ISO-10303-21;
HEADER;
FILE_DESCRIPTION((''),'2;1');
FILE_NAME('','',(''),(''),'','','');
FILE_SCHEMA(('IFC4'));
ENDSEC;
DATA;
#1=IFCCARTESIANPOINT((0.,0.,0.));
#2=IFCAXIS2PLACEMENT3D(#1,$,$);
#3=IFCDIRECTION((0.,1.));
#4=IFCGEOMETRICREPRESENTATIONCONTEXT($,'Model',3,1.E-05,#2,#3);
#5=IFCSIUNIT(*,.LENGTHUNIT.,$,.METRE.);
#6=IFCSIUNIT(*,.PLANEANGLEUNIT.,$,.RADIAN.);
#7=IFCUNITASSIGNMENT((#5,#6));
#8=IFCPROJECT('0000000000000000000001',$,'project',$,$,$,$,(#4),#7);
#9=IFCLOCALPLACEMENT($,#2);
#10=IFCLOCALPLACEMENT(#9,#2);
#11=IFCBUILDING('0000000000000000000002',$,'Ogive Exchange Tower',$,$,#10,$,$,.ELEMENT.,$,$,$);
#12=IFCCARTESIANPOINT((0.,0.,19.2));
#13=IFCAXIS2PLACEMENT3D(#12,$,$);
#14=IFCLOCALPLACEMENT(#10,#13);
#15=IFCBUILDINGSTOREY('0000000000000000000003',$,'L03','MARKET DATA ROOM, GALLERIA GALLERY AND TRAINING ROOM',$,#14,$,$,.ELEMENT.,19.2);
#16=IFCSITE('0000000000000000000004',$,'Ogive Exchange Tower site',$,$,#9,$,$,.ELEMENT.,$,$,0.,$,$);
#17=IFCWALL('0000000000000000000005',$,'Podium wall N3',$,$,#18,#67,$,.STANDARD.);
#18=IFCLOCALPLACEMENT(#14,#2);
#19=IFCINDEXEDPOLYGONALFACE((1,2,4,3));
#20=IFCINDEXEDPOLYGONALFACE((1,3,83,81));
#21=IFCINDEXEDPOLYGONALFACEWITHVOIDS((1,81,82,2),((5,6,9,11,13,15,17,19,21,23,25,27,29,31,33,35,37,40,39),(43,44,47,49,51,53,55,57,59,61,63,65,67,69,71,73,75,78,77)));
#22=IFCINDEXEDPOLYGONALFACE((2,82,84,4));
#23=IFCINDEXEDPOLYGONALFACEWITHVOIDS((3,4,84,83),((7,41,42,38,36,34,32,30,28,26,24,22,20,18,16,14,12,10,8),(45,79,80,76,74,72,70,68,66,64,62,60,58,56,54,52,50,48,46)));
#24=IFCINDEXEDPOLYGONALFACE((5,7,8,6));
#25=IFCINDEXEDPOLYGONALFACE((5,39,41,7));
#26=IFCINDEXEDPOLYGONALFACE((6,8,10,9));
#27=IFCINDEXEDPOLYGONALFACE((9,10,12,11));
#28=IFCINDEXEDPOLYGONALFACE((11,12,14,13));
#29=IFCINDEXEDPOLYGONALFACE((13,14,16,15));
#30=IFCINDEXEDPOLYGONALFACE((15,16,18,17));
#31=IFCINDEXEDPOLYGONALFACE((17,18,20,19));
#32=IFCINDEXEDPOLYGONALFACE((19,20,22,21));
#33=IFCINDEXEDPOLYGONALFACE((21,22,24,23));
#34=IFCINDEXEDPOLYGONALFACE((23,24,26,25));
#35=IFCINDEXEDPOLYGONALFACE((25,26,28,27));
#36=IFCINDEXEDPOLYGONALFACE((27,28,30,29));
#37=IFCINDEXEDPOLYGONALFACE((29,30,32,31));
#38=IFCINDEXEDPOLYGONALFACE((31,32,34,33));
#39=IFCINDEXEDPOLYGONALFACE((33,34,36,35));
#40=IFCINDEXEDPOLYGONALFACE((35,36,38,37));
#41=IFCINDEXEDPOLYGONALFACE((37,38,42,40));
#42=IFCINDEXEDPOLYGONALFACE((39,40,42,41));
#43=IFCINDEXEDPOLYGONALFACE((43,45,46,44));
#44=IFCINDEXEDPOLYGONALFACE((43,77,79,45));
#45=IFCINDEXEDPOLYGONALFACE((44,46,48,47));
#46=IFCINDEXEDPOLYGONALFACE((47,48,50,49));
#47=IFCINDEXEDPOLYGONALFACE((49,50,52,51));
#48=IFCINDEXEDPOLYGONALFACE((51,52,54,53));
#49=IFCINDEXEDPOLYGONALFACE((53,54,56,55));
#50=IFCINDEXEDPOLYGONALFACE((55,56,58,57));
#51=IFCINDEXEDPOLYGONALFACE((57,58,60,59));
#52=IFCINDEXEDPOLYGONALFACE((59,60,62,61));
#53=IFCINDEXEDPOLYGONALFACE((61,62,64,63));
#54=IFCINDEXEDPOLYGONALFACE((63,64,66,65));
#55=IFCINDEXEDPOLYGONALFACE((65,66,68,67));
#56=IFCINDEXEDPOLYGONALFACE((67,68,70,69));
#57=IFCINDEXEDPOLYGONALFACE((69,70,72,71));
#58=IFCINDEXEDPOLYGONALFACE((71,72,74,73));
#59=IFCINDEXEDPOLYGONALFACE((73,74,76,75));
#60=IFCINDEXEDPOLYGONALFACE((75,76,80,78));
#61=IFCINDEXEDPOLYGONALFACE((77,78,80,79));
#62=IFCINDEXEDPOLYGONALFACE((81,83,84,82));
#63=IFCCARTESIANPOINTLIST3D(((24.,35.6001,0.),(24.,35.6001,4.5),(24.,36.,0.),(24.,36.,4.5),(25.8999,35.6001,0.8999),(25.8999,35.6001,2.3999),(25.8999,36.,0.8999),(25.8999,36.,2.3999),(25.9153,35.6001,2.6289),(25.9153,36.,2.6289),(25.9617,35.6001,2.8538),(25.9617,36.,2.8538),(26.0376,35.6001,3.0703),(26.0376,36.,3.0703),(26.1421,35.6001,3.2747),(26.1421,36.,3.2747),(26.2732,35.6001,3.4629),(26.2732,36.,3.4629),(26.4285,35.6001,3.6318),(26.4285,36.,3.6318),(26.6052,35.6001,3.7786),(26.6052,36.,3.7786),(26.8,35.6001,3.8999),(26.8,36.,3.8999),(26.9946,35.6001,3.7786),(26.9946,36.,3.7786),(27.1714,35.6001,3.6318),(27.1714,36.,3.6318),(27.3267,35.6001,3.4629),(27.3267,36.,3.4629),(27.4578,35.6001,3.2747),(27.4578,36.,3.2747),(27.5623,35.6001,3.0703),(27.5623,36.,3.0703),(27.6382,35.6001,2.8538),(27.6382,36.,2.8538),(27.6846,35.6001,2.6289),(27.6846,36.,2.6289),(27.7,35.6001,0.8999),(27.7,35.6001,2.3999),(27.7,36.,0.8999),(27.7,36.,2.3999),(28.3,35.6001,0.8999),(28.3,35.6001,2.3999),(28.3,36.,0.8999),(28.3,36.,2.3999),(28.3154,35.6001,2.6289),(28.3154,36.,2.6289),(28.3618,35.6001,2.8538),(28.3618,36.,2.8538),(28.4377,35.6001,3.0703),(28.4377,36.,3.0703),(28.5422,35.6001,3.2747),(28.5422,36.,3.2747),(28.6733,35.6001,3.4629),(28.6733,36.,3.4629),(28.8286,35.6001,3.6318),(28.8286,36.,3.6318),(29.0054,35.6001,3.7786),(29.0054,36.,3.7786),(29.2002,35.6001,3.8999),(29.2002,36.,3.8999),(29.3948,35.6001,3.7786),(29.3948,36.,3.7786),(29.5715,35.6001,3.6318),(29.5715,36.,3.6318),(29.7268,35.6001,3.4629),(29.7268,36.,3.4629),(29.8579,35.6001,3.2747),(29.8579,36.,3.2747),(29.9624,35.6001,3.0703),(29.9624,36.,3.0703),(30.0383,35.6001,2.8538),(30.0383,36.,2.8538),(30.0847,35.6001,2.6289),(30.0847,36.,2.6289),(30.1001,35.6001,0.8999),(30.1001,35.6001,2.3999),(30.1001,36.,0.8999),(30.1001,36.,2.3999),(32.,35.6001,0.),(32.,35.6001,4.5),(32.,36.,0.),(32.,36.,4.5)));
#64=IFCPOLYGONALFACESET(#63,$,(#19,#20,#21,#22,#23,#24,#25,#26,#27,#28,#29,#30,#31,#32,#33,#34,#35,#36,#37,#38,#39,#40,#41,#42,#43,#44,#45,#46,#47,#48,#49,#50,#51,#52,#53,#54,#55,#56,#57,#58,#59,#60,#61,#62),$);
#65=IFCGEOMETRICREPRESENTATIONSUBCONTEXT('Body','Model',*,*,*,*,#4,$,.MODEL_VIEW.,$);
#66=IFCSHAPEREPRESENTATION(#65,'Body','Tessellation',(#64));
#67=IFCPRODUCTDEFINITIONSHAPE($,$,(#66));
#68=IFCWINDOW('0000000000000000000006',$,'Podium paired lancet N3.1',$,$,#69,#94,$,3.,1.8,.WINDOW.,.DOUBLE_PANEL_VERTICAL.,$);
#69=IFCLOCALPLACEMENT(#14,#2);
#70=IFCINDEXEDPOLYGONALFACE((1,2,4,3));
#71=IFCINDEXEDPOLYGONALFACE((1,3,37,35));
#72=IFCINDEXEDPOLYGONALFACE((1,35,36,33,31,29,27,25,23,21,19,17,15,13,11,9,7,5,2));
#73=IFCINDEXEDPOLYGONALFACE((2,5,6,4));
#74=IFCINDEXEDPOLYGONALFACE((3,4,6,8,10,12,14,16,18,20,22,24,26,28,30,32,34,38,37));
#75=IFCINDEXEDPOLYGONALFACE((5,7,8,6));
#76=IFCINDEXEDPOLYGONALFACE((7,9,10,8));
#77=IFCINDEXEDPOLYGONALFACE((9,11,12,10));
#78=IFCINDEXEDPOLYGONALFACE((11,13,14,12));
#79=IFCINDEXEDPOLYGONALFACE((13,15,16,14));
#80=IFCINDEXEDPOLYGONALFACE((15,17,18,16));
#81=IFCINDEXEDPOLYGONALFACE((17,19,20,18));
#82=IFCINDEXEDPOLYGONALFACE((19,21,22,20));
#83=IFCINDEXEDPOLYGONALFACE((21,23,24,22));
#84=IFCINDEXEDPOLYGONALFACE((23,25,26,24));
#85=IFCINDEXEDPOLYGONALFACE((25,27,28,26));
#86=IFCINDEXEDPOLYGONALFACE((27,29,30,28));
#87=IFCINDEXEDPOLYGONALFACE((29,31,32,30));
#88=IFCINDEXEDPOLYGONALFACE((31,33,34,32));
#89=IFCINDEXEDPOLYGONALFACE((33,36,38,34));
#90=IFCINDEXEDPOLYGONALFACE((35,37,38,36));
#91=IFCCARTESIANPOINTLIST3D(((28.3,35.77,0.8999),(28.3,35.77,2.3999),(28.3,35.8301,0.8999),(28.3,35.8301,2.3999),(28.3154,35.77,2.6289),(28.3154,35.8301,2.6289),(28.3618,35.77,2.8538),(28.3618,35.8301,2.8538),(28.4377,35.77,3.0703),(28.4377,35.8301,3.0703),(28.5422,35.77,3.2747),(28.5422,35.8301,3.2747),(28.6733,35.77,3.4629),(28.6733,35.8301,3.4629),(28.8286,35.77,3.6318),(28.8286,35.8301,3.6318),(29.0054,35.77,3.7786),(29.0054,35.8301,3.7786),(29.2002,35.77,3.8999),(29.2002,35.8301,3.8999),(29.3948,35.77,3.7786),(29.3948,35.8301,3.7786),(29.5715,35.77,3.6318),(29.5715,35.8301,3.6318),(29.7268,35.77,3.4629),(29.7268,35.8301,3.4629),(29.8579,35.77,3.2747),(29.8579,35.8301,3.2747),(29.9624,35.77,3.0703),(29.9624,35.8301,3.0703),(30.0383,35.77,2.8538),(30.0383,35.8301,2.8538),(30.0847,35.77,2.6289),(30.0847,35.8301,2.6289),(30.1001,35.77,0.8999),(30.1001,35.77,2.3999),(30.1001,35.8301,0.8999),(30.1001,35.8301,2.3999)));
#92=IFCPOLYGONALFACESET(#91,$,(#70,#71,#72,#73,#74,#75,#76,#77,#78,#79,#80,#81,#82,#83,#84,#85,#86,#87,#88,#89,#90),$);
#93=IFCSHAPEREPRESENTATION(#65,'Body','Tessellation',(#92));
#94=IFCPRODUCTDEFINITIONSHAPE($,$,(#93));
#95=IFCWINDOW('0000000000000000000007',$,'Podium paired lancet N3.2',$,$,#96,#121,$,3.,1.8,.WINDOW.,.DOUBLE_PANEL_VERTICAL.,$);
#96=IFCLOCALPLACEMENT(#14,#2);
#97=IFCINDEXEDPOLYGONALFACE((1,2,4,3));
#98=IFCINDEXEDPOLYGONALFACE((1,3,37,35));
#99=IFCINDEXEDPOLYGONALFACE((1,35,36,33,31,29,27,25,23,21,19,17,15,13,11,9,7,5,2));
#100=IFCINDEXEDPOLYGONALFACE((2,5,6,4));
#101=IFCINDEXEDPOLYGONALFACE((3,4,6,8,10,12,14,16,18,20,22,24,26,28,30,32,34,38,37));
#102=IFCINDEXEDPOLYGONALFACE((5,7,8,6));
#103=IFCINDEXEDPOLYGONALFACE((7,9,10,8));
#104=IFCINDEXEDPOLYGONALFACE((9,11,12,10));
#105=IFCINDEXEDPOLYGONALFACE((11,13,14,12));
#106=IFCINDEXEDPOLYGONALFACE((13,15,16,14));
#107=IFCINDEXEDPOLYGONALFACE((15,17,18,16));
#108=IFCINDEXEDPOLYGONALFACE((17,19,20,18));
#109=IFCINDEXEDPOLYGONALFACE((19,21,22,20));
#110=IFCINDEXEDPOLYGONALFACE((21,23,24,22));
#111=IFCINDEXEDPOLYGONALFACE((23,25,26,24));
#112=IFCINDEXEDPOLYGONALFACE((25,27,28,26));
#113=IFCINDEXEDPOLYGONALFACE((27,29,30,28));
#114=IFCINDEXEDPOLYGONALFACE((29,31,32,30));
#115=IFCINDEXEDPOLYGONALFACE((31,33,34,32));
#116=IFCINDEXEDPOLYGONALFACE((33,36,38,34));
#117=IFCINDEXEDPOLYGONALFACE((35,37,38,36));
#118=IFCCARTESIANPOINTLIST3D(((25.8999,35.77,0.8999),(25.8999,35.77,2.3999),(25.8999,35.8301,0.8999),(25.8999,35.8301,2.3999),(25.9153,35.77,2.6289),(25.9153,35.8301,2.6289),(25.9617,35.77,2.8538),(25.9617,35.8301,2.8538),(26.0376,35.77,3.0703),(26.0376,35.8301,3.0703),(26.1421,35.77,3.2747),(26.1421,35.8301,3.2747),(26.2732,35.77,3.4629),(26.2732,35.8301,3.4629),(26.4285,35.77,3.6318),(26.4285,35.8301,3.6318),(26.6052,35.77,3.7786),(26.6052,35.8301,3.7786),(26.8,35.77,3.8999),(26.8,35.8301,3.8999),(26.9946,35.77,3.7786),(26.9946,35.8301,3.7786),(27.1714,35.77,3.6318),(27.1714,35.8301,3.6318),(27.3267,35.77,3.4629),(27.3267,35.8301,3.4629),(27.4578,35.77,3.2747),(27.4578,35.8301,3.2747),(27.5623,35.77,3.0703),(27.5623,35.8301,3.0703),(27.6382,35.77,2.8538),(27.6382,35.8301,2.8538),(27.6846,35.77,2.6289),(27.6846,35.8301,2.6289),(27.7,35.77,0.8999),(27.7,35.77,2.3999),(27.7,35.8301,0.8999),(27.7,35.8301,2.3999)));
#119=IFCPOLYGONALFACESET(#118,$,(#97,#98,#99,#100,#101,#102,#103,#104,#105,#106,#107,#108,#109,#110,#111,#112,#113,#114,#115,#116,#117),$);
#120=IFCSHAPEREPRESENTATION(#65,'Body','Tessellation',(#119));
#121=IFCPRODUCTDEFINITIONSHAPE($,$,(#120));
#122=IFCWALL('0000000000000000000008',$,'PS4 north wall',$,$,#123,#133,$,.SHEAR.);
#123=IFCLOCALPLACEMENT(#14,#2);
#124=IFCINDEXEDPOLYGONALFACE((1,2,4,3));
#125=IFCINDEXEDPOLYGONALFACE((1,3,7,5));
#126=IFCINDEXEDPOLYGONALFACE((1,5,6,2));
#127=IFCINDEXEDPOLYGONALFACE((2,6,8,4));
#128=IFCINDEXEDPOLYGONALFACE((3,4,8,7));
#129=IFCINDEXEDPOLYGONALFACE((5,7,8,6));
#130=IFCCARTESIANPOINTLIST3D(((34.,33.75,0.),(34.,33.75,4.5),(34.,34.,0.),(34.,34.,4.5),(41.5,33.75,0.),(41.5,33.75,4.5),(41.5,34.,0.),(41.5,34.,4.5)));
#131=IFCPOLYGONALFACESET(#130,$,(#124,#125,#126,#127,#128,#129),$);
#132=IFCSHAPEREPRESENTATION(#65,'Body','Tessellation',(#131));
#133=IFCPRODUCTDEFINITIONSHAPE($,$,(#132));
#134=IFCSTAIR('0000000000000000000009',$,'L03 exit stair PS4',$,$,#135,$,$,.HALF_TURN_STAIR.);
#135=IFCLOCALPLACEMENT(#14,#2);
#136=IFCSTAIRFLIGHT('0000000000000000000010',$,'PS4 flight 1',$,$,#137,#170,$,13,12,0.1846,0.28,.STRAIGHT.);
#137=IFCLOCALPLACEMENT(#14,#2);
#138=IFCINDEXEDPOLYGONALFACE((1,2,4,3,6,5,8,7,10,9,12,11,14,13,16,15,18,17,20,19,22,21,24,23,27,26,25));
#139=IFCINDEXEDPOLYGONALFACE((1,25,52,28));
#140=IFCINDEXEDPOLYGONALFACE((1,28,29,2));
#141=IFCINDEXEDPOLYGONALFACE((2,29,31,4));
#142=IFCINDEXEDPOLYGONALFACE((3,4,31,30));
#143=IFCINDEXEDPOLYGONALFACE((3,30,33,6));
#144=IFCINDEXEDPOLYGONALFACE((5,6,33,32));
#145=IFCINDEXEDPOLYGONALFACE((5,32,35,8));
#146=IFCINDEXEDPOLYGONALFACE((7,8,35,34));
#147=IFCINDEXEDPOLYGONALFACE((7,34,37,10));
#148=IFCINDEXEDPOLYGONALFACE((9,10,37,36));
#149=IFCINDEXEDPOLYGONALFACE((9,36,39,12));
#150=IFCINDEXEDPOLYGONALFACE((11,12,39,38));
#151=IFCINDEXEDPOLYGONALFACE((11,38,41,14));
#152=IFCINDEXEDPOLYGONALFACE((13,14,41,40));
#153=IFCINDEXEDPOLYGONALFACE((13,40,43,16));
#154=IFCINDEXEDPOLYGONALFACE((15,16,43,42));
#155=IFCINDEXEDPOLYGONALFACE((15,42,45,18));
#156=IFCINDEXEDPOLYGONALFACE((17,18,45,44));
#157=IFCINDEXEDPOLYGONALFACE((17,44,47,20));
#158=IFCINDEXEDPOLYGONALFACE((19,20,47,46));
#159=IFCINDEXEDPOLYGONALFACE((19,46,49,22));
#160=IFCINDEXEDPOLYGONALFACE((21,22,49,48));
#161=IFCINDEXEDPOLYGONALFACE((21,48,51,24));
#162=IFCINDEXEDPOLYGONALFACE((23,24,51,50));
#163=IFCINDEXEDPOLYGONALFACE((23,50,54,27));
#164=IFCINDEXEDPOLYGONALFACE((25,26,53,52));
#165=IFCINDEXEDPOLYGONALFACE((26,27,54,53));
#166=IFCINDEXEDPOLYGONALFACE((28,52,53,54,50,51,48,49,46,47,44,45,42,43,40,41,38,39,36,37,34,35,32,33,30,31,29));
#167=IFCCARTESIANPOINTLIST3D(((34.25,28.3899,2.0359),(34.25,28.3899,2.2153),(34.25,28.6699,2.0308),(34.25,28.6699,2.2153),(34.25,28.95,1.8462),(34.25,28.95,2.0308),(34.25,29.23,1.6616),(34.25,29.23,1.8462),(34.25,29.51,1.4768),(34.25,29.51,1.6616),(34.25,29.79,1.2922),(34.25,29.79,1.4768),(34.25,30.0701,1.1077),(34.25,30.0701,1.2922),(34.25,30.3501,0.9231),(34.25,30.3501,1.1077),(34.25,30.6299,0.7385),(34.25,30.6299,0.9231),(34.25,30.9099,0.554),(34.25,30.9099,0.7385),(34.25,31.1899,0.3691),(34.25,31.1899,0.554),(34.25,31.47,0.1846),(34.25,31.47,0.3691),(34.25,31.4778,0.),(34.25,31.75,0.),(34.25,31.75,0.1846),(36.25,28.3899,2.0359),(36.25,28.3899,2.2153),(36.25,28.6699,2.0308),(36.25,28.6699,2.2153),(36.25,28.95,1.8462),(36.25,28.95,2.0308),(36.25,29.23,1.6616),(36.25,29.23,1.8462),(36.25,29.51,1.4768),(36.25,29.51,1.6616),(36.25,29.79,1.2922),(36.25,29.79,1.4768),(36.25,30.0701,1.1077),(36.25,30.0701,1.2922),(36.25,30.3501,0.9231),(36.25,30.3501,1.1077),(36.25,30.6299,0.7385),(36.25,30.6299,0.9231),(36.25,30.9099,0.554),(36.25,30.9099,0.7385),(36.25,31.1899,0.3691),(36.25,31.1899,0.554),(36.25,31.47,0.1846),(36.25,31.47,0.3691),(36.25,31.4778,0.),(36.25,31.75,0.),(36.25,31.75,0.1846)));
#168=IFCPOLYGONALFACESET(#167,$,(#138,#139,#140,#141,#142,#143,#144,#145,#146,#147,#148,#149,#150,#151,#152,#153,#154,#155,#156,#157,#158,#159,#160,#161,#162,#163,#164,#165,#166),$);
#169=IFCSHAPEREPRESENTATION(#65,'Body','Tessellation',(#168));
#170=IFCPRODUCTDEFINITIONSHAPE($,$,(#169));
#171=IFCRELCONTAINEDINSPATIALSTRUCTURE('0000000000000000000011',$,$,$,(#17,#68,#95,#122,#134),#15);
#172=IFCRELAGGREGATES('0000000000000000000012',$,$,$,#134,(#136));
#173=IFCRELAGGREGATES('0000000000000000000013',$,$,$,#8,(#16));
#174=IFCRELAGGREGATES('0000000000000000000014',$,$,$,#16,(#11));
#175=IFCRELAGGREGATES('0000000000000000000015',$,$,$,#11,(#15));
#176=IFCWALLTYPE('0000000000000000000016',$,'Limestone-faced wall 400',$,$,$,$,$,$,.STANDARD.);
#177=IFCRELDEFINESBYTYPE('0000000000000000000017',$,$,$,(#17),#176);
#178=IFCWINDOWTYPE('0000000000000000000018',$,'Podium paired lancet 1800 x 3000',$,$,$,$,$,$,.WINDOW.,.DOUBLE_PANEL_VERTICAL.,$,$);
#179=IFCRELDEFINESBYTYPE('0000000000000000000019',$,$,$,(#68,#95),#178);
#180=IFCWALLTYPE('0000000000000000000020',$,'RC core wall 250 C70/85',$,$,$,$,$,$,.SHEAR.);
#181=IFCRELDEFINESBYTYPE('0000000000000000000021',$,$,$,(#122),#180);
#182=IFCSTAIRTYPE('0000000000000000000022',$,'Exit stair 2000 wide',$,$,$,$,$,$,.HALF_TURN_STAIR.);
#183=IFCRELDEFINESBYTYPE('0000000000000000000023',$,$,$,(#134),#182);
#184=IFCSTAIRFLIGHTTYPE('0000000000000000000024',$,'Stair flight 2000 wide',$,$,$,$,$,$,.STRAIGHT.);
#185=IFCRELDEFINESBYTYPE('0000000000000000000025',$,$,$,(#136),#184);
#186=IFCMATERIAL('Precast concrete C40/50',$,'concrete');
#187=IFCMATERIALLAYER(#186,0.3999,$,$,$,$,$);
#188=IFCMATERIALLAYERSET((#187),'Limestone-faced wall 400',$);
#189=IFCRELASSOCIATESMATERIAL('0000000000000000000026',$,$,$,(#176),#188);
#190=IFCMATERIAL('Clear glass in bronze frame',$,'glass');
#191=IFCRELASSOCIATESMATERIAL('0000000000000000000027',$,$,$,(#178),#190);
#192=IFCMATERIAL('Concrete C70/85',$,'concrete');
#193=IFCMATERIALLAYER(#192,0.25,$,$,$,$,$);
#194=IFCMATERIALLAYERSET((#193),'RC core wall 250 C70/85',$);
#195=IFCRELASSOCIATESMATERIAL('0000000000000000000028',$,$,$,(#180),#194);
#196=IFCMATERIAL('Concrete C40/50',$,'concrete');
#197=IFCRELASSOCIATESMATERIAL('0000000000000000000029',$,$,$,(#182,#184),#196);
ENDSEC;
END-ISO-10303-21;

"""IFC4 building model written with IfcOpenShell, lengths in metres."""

from ifc_helpers import new_model, si_unit, direction, frame, frame_2d, origin, place, context, subcontext, project, spatial, polyline, rectangle, outline, extrude, material, layer, layer_set, type_object, element, fill, aggregate, save


model = new_model("IFC4")

# Units and contexts
model_context = context("Model", 3, precision=1e-05, world=origin(), true_north=direction((0.0, 1.0)))
body_context = subcontext(model_context, "Body", "Model", "MODEL_VIEW")
ifc_project = project(units=[si_unit("LENGTHUNIT", "METRE"), si_unit("PLANEANGLEUNIT", "RADIAN")], contexts=[model_context])

# Site, building, storey
site_placement = place(None, origin())
site = spatial("IfcSite", under=ifc_project, at=site_placement, Name="Ogive Exchange Tower site", CompositionType="ELEMENT", RefElevation=0.0)
building_placement = place(site_placement, origin())
building = spatial("IfcBuilding", under=site, at=building_placement, Name="Ogive Exchange Tower", CompositionType="ELEMENT")
storey_placement = place(building_placement, frame((0.0, 0.0, 19.2)))
storey = spatial("IfcBuildingStorey", under=building, at=storey_placement, Name="L03", Description="MARKET DATA ROOM, GALLERIA GALLERY AND TRAINING ROOM", CompositionType="ELEMENT", Elevation=19.2)

# Shared definitions
ifc_material_1 = material(Name="Concrete C70/85", Category="concrete")

# Shared definitions
ifc_material_2 = material(Name="Precast concrete C40/50", Category="concrete")
ifc_layer_1 = layer(ifc_material_2, 0.3999)
ifc_layer_set_1 = layer_set([ifc_layer_1], Name="Limestone-faced wall 400")
wall_type_1 = type_object("IfcWallType", Name="Limestone-faced wall 400", PredefinedType="STANDARD", material=ifc_layer_set_1)

# Wall, openings, windows
ifc_material_3 = material(Name="Clear glass in bronze frame", Category="glass")
window_type = type_object("IfcWindowType", Name="Podium paired lancet 1800 x 3000", PartitioningType="DOUBLE_PANEL_VERTICAL", PredefinedType="WINDOW", material=ifc_material_3)
wall_1_placement = place(storey_placement, frame((32.0, 35.8, 0.0), z_axis=(0.0, 0.0, 1.0), x_axis=(-1.0, 0.0, 0.0)))
wall_1 = element("IfcWall", 1, at=wall_1_placement, inside=storey, type_object=wall_type_1, Name="Podium wall N3", PredefinedType="STANDARD", context=body_context, shape_type="SweptSolid", body=[
    extrude(rectangle(XDim=8.0, YDim=0.3999, at=frame_2d((4.0, 0.0))), origin(), (0.0, 0.0, 1.0), 4.5),
])
opening_1_placement = place(wall_1_placement, frame((1.8999, 0.0, 0.8999)))
opening_1 = element("IfcOpeningElement", 2, at=opening_1_placement, cuts=wall_1, PredefinedType="OPENING", context=body_context, shape_type="SweptSolid", body=[
    extrude(outline(polyline([(0.0, 0.0), (1.8, 0.0), (1.8, 1.5), (1.7847, 1.729), (1.7383, 1.9539), (1.6624, 2.1704), (1.5579, 2.3748), (1.4268, 2.563), (1.2715, 2.7319), (1.0947, 2.8787), (0.8999, 3.0), (0.7053, 2.8787), (0.5286, 2.7319), (0.3733, 2.563), (0.2422, 2.3748), (0.1377, 2.1704), (0.0618, 1.9539), (0.0154, 1.729), (0.0, 1.5), (0.0, 0.0)])), frame((0.0, 0.21, 0.0), z_axis=(0.0, -1.0, 0.0), x_axis=(1.0, 0.0, 0.0)), (0.0, 0.0, 1.0), 0.4199),
])
opening_2_placement = place(wall_1_placement, frame((4.3, 0.0, 0.8999)))
opening_2 = element("IfcOpeningElement", 3, at=opening_2_placement, cuts=wall_1, PredefinedType="OPENING", context=body_context, shape_type="SweptSolid", body=[
    extrude(outline(polyline([(0.0, 0.0), (1.8, 0.0), (1.8, 1.5), (1.7847, 1.729), (1.7383, 1.9539), (1.6624, 2.1704), (1.5579, 2.3748), (1.4268, 2.563), (1.2715, 2.7319), (1.0947, 2.8787), (0.8999, 3.0), (0.7053, 2.8787), (0.5286, 2.7319), (0.3733, 2.563), (0.2422, 2.3748), (0.1377, 2.1704), (0.0618, 1.9539), (0.0154, 1.729), (0.0, 1.5), (0.0, 0.0)])), frame((0.0, 0.21, 0.0), z_axis=(0.0, -1.0, 0.0), x_axis=(1.0, 0.0, 0.0)), (0.0, 0.0, 1.0), 0.4199),
])
window_1_placement = place(opening_1_placement, origin())
window_1 = element("IfcWindow", 4, at=window_1_placement, inside=storey, type_object=window_type, Name="Podium paired lancet N3.1", OverallHeight=3.0, OverallWidth=1.8, PartitioningType="DOUBLE_PANEL_VERTICAL", PredefinedType="WINDOW", context=body_context, shape_type="SweptSolid", body=[
    extrude(outline(polyline([(0.0, 0.0), (1.8, 0.0), (1.8, 1.5), (1.7847, 1.729), (1.7383, 1.9539), (1.6624, 2.1704), (1.5579, 2.3748), (1.4268, 2.563), (1.2715, 2.7319), (1.0947, 2.8787), (0.8999, 3.0), (0.7053, 2.8787), (0.5286, 2.7319), (0.3733, 2.563), (0.2422, 2.3748), (0.1377, 2.1704), (0.0618, 1.9539), (0.0154, 1.729), (0.0, 1.5), (0.0, 0.0)])), frame((0.0, 0.03, 0.0), z_axis=(0.0, -1.0, 0.0), x_axis=(1.0, 0.0, 0.0)), (0.0, 0.0, 1.0), 0.0601),
])
fill(opening_1, window_1)
window_2_placement = place(opening_2_placement, origin())
window_2 = element("IfcWindow", 5, at=window_2_placement, inside=storey, type_object=window_type, Name="Podium paired lancet N3.2", OverallHeight=3.0, OverallWidth=1.8, PartitioningType="DOUBLE_PANEL_VERTICAL", PredefinedType="WINDOW", context=body_context, shape_type="SweptSolid", body=[
    extrude(outline(polyline([(0.0, 0.0), (1.8, 0.0), (1.8, 1.5), (1.7847, 1.729), (1.7383, 1.9539), (1.6624, 2.1704), (1.5579, 2.3748), (1.4268, 2.563), (1.2715, 2.7319), (1.0947, 2.8787), (0.8999, 3.0), (0.7053, 2.8787), (0.5286, 2.7319), (0.3733, 2.563), (0.2422, 2.3748), (0.1377, 2.1704), (0.0618, 1.9539), (0.0154, 1.729), (0.0, 1.5), (0.0, 0.0)])), frame((0.0, 0.03, 0.0), z_axis=(0.0, -1.0, 0.0), x_axis=(1.0, 0.0, 0.0)), (0.0, 0.0, 1.0), 0.0601),
])
fill(opening_2, window_2)

# Wall
ifc_layer_2 = layer(ifc_material_1, 0.25)
ifc_layer_set_2 = layer_set([ifc_layer_2], Name="RC core wall 250 C70/85")
wall_type_2 = type_object("IfcWallType", Name="RC core wall 250 C70/85", PredefinedType="SHEAR", material=ifc_layer_set_2)
wall_2_placement = place(storey_placement, frame((34.0, 33.875, 0.0), z_axis=(0.0, 0.0, 1.0), x_axis=(1.0, 0.0, 0.0)))
element("IfcWall", 6, at=wall_2_placement, inside=storey, type_object=wall_type_2, Name="PS4 north wall", PredefinedType="SHEAR", context=body_context, shape_type="SweptSolid", body=[
    extrude(rectangle(XDim=7.5, YDim=0.25, at=frame_2d((3.75, 0.0))), origin(), (0.0, 0.0, 1.0), 4.5),
])

# Stair, stair flight
ifc_material_4 = material(Name="Concrete C40/50", Category="concrete")
stair_type = type_object("IfcStairType", Name="Exit stair 2000 wide", PredefinedType="HALF_TURN_STAIR", material=ifc_material_4)
stair_placement = place(storey_placement, origin())
stair = element("IfcStair", 7, at=stair_placement, inside=storey, type_object=stair_type, Name="L03 exit stair PS4", PredefinedType="HALF_TURN_STAIR")
stair_flight_type = type_object("IfcStairFlightType", Name="Stair flight 2000 wide", PredefinedType="STRAIGHT", material=ifc_material_4)
stair_flight_1_placement = place(storey_placement, frame((35.25, 31.75, 0.0), z_axis=(0.0, 0.0, 1.0), x_axis=(0.0, -1.0, 0.0)))
stair_flight_1 = element("IfcStairFlight", 8, at=stair_flight_1_placement, type_object=stair_flight_type, Name="PS4 flight 1", NumberOfRisers=13, NumberOfTreads=12, PredefinedType="STRAIGHT", RiserHeight=0.1846, TreadLength=0.28, context=body_context, shape_type="SweptSolid", body=[
    extrude(outline(polyline([(0.0, 0.0), (0.0, 0.1846), (0.28, 0.1846), (0.28, 0.3691), (0.5601, 0.3691), (0.5601, 0.554), (0.8401, 0.554), (0.8401, 0.7385), (1.1201, 0.7385), (1.1201, 0.9231), (1.3999, 0.9231), (1.3999, 1.1077), (1.6799, 1.1077), (1.6799, 1.2922), (1.96, 1.2922), (1.96, 1.4768), (2.24, 1.4768), (2.24, 1.6616), (2.52, 1.6616), (2.52, 1.8462), (2.8, 1.8462), (2.8, 2.0308), (3.0801, 2.0308), (3.0801, 2.2153), (3.3601, 2.2153), (3.3601, 2.3999), (3.3601, 2.0359), (0.2722, 0.0), (0.0, 0.0)])), frame((0.0, 1.0, 0.0), z_axis=(0.0, -1.0, 0.0), x_axis=(1.0, 0.0, 0.0)), (0.0, 0.0, 1.0), 2.0),
])
aggregate(stair, [stair_flight_1])

save(model, "model.ifc")
